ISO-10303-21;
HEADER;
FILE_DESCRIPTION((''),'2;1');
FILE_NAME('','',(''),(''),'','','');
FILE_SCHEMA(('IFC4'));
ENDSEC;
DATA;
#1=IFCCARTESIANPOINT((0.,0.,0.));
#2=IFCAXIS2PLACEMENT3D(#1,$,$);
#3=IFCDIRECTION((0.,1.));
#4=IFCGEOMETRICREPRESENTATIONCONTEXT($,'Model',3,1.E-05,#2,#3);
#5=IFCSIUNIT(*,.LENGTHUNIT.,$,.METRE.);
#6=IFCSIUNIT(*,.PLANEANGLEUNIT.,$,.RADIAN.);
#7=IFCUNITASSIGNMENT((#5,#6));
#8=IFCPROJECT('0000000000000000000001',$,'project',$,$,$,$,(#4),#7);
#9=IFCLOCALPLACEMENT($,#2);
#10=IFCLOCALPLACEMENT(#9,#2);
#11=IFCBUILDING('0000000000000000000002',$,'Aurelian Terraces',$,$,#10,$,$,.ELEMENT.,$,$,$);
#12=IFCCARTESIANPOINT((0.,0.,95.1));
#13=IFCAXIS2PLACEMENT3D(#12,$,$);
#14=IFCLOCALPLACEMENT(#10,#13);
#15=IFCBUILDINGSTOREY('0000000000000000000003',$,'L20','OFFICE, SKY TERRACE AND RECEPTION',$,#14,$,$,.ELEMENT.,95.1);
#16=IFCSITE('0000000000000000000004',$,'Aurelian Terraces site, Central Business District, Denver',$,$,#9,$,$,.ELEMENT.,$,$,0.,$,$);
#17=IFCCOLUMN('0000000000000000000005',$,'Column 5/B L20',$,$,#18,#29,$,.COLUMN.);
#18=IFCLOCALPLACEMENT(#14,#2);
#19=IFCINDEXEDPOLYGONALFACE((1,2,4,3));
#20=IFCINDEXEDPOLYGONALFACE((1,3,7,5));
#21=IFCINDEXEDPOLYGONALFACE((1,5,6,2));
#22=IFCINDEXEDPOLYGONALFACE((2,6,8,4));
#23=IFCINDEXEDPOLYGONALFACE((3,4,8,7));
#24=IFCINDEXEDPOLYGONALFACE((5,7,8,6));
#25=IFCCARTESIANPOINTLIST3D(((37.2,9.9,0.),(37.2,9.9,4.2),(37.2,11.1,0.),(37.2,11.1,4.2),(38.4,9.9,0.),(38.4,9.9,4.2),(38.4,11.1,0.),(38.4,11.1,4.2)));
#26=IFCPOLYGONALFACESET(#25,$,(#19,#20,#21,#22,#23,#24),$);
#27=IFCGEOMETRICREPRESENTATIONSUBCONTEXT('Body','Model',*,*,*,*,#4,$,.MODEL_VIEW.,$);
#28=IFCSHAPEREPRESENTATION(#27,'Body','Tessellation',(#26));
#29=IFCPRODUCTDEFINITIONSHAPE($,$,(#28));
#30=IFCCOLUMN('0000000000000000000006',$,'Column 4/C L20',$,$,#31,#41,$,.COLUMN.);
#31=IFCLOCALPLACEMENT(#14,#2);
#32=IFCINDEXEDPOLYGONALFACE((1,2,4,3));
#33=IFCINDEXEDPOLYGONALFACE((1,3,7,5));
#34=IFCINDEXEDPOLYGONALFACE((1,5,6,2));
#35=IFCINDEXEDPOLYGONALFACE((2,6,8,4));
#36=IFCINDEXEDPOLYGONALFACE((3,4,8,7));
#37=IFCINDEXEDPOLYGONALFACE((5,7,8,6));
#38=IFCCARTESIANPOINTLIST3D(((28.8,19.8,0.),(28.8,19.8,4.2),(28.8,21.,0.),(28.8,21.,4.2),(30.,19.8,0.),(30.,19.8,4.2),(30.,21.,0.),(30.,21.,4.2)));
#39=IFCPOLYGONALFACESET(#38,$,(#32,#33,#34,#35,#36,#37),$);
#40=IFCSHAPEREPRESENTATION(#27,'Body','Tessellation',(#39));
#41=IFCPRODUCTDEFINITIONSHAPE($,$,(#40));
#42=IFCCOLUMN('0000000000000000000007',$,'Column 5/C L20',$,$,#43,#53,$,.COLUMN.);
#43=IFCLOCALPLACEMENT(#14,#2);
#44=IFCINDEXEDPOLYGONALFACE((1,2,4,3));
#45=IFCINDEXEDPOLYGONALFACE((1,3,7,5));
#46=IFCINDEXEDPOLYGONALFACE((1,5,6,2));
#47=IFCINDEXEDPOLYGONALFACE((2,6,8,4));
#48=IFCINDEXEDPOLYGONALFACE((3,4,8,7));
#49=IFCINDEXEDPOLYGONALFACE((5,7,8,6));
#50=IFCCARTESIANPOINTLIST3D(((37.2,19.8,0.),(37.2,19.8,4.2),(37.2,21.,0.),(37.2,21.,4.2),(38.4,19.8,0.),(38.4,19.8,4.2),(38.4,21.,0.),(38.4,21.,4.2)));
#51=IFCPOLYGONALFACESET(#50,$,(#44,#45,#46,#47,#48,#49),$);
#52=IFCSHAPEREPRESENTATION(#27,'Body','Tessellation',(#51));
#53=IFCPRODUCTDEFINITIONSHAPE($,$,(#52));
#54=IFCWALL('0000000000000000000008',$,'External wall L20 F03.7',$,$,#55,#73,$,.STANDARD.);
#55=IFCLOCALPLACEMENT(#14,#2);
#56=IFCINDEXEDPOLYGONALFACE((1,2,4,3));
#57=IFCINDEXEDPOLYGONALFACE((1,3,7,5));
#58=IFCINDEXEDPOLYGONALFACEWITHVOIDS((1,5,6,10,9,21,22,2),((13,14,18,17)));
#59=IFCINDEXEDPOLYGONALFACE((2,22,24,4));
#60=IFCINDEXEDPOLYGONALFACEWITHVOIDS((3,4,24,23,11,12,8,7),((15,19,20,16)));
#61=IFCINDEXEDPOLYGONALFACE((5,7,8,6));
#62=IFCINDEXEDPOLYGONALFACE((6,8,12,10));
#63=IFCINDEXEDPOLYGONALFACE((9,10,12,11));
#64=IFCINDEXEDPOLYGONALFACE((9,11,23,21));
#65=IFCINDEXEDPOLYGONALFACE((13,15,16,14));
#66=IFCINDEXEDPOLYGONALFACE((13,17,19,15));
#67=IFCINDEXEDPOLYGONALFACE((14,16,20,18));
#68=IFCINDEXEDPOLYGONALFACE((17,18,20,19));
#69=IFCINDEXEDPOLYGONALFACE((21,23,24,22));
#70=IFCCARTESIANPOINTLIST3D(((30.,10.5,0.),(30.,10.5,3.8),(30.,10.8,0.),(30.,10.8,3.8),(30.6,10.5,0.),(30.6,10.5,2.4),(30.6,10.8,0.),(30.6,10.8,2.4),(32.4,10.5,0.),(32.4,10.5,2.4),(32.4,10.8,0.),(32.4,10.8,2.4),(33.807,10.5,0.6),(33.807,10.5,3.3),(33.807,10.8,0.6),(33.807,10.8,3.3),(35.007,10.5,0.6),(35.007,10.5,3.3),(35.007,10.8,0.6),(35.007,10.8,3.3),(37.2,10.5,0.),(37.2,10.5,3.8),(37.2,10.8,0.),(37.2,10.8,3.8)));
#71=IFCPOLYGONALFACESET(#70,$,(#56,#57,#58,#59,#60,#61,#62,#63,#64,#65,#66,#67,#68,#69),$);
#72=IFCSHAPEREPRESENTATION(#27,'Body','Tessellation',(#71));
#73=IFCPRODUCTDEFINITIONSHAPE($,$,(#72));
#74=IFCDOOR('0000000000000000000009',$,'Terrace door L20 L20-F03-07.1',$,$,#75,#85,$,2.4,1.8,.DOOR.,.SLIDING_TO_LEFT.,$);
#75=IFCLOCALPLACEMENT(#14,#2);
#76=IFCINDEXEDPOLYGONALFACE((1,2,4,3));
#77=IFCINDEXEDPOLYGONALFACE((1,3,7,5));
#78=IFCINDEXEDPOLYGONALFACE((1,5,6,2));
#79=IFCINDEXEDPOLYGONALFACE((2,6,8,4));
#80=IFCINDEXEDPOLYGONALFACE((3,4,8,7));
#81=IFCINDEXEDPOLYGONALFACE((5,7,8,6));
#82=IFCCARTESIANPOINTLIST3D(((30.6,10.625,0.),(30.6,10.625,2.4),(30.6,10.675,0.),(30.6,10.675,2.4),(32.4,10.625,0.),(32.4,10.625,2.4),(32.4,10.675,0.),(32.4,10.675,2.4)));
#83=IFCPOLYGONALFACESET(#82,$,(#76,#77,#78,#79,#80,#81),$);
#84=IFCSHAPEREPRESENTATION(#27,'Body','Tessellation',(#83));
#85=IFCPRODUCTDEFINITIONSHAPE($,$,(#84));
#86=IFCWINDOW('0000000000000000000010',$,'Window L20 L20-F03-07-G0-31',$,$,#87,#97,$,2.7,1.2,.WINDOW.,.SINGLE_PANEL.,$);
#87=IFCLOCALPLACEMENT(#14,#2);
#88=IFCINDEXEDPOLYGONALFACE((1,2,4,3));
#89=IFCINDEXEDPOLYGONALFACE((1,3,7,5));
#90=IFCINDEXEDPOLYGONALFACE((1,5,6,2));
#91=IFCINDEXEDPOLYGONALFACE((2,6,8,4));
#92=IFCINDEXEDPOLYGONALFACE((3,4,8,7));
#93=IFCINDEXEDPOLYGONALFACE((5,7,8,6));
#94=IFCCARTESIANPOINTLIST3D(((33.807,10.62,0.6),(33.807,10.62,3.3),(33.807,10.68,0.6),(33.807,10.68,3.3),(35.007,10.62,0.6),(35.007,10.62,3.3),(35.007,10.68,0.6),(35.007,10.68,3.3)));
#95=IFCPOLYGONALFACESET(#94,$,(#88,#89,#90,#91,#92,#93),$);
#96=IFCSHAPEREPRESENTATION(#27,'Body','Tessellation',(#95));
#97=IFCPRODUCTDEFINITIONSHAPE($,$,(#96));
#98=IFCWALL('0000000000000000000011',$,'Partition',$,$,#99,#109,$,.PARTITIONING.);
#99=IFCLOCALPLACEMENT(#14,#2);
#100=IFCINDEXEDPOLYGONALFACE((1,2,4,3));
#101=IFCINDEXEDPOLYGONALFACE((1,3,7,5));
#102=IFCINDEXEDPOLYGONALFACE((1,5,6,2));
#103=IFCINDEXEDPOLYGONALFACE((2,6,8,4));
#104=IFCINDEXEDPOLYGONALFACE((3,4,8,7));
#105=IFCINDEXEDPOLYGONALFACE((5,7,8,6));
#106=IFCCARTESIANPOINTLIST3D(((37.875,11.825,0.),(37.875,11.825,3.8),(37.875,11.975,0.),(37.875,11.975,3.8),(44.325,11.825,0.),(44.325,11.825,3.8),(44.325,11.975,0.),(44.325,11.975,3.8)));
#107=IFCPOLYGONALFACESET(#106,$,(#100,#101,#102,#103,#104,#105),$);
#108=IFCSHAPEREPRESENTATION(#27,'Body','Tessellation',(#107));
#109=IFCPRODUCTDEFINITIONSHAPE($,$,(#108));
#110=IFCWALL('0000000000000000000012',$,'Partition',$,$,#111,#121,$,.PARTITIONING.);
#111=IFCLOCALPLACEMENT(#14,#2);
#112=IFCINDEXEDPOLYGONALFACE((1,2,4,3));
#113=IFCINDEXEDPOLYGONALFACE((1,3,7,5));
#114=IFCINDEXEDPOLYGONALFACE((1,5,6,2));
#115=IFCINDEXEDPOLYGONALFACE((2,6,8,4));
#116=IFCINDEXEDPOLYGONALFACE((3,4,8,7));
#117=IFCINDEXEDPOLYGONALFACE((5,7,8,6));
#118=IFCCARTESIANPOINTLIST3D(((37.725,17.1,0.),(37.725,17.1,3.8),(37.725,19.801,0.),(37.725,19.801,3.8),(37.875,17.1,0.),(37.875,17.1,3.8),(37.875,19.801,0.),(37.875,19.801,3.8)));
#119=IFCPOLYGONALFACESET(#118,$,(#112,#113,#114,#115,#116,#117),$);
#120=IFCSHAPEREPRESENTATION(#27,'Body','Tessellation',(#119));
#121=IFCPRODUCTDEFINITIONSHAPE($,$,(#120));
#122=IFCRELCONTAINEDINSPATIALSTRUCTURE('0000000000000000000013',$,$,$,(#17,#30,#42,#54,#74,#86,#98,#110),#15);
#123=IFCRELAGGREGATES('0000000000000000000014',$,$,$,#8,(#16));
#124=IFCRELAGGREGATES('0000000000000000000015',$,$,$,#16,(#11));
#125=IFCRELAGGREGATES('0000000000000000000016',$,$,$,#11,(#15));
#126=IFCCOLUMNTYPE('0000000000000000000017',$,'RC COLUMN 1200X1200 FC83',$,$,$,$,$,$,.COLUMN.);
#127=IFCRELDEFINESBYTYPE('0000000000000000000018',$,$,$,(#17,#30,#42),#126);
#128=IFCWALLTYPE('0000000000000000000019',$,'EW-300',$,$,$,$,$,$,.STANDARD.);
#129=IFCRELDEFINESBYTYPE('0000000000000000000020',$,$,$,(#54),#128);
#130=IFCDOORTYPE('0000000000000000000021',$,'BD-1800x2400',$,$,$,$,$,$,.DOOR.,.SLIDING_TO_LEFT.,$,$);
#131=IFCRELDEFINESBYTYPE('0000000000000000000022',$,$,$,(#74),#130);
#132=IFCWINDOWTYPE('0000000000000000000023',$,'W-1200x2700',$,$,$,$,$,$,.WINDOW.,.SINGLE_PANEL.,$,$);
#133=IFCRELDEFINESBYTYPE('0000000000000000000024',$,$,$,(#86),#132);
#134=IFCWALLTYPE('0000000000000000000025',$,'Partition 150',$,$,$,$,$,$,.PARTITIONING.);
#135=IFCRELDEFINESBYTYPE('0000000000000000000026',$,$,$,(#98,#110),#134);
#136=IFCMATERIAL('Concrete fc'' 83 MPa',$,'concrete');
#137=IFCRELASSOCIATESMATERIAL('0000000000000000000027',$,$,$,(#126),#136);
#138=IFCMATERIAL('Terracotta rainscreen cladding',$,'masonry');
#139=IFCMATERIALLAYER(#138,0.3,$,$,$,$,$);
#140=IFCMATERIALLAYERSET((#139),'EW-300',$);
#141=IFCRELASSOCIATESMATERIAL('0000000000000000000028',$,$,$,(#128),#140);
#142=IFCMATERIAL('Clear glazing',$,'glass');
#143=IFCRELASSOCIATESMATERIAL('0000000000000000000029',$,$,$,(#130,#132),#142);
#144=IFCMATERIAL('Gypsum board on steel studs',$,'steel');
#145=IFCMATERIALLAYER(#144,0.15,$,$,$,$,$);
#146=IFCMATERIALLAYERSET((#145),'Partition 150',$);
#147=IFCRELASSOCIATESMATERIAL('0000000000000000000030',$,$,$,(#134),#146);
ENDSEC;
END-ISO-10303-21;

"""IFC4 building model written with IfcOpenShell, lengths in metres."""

from ifc_helpers import new_model, si_unit, direction, frame, frame_2d, origin, origin_2d, place, context, subcontext, project, spatial, rectangle, extrude, source, transform, mapped, material, layer, layer_set, material_profile, profile_set, type_object, element, fill, save


model = new_model("IFC4")

# Units and contexts
model_context = context("Model", 3, precision=1e-05, world=origin(), true_north=direction((0.0, 1.0)))
body_context = subcontext(model_context, "Body", "Model", "MODEL_VIEW")
ifc_project = project(units=[si_unit("LENGTHUNIT", "METRE"), si_unit("PLANEANGLEUNIT", "RADIAN")], contexts=[model_context])

# Site, building, storey
site_placement = place(None, origin())
site = spatial("IfcSite", under=ifc_project, at=site_placement, Name="Aurelian Terraces site, Central Business District, Denver", CompositionType="ELEMENT", RefElevation=0.0)
building_placement = place(site_placement, origin())
building = spatial("IfcBuilding", under=site, at=building_placement, Name="Aurelian Terraces", CompositionType="ELEMENT")
storey_placement = place(building_placement, frame((0.0, 0.0, 95.1)))
storey = spatial("IfcBuildingStorey", under=building, at=storey_placement, Name="L20", Description="OFFICE, SKY TERRACE AND RECEPTION", CompositionType="ELEMENT", Elevation=95.1)

# Columns
ifc_material_1 = material(Name="Concrete fc' 83 MPa", Category="concrete")
ifc_material_profile = material_profile(ifc_material_1, rectangle(XDim=1.2, YDim=1.2, at=origin_2d()))
ifc_profile_set = profile_set([ifc_material_profile], Name="Concrete fc' 83 MPa")
column_type = type_object("IfcColumnType", Name="RC COLUMN 1200X1200 FC83", PredefinedType="COLUMN", material=ifc_profile_set)
shared_shape_1 = source(origin(), body_context, "Body", "SweptSolid", [
    extrude(rectangle(XDim=1.2, YDim=1.2, at=origin_2d()), origin(), (0.0, 0.0, 1.0), 4.2),
])
for number, where, z_axis, x_axis, name in (
    (1, (37.8, 10.5, 0.0), (0.0, 0.0, 1.0), (1.0, 0.0, 0.0), "Column 5/B L20"),
    (2, (29.4, 20.4, 0.0), (0.0, 0.0, 1.0), (1.0, 0.0, 0.0), "Column 4/C L20"),
    (3, (37.8, 20.4, 0.0), (0.0, 0.0, 1.0), (1.0, 0.0, 0.0), "Column 5/C L20"),
):
    element("IfcColumn", number, at=place(storey_placement, frame(where, z_axis=z_axis, x_axis=x_axis)), inside=storey, type_object=column_type, Name=name, PredefinedType="COLUMN", context=body_context, shape_type="MappedRepresentation", body=[
        mapped(shared_shape_1, transform((0.0, 0.0, 0.0), scale=1.0)),
    ])

# Wall, openings, door, window
ifc_material_2 = material(Name="Terracotta rainscreen cladding", Category="masonry")
ifc_layer_1 = layer(ifc_material_2, 0.3)
ifc_layer_set_1 = layer_set([ifc_layer_1], Name="EW-300")
wall_type_1 = type_object("IfcWallType", Name="EW-300", PredefinedType="STANDARD", material=ifc_layer_set_1)
shared_shape_2 = source(origin(), body_context, "Body", "SweptSolid", [
    extrude(rectangle(XDim=7.2, YDim=0.3, at=frame_2d((3.6, 0.0))), origin(), (0.0, 0.0, 1.0), 3.8),
])
wall_1_placement = place(storey_placement, frame((30.0, 10.65, 0.0), z_axis=(0.0, 0.0, 1.0), x_axis=(1.0, 0.0, 0.0)))
wall_1 = element("IfcWall", 4, at=wall_1_placement, inside=storey, type_object=wall_type_1, Name="External wall L20 F03.7", PredefinedType="STANDARD", context=body_context, shape_type="MappedRepresentation", body=[
    mapped(shared_shape_2, transform((0.0, 0.0, 0.0), scale=1.0)),
])
shared_shape_3 = source(origin(), body_context, "Body", "SweptSolid", [
    extrude(rectangle(XDim=1.8, YDim=2.4, at=frame_2d((0.9, 1.2))), frame((0.0, 0.16, 0.0), z_axis=(0.0, -1.0, 0.0), x_axis=(1.0, 0.0, 0.0)), (0.0, 0.0, 1.0), 0.32),
])
opening_1_placement = place(wall_1_placement, frame((0.6, 0.0, 0.0)))
opening_1 = element("IfcOpeningElement", 5, at=opening_1_placement, cuts=wall_1, PredefinedType="OPENING", context=body_context, shape_type="MappedRepresentation", body=[
    mapped(shared_shape_3, transform((0.0, 0.0, 0.0), scale=1.0)),
])
shared_shape_4 = source(origin(), body_context, "Body", "SweptSolid", [
    extrude(rectangle(XDim=1.2, YDim=2.7, at=frame_2d((0.6, 1.35))), frame((0.0, 0.16, 0.0), z_axis=(0.0, -1.0, 0.0), x_axis=(1.0, 0.0, 0.0)), (0.0, 0.0, 1.0), 0.32),
])
opening_2_placement = place(wall_1_placement, frame((3.807, 0.0, 0.6)))
opening_2 = element("IfcOpeningElement", 6, at=opening_2_placement, cuts=wall_1, PredefinedType="OPENING", context=body_context, shape_type="MappedRepresentation", body=[
    mapped(shared_shape_4, transform((0.0, 0.0, 0.0), scale=1.0)),
])
ifc_material_3 = material(Name="Clear glazing", Category="glass")
door_type_1 = type_object("IfcDoorType", Name="BD-1800x2400", OperationType="SLIDING_TO_LEFT", PredefinedType="DOOR", material=ifc_material_3)
shared_shape_5 = source(origin(), body_context, "Body", "SweptSolid", [
    extrude(rectangle(XDim=1.8, YDim=2.4, at=frame_2d((0.9, 1.2))), frame((0.0, 0.025, 0.0), z_axis=(0.0, -1.0, 0.0), x_axis=(1.0, 0.0, 0.0)), (0.0, 0.0, 1.0), 0.05),
])
door_1_placement = place(opening_1_placement, origin())
door_1 = element("IfcDoor", 7, at=door_1_placement, inside=storey, type_object=door_type_1, Name="Terrace door L20 L20-F03-07.1", OperationType="SLIDING_TO_LEFT", OverallHeight=2.4, OverallWidth=1.8, PredefinedType="DOOR", context=body_context, shape_type="MappedRepresentation", body=[
    mapped(shared_shape_5, transform((0.0, 0.0, 0.0), scale=1.0)),
])
fill(opening_1, door_1)
window_type = type_object("IfcWindowType", Name="W-1200x2700", PartitioningType="SINGLE_PANEL", PredefinedType="WINDOW", material=ifc_material_3)
shared_shape_6 = source(origin(), body_context, "Body", "SweptSolid", [
    extrude(rectangle(XDim=1.2, YDim=2.7, at=frame_2d((0.6, 1.35))), frame((0.0, 0.03, 0.0), z_axis=(0.0, -1.0, 0.0), x_axis=(1.0, 0.0, 0.0)), (0.0, 0.0, 1.0), 0.06),
])
window_placement = place(opening_2_placement, origin())
window = element("IfcWindow", 8, at=window_placement, inside=storey, type_object=window_type, Name="Window L20 L20-F03-07-G0-31", OverallHeight=2.7, OverallWidth=1.2, PartitioningType="SINGLE_PANEL", PredefinedType="WINDOW", context=body_context, shape_type="MappedRepresentation", body=[
    mapped(shared_shape_6, transform((0.0, 0.0, 0.0), scale=1.0)),
])
fill(opening_2, window)

# Walls
ifc_material_4 = material(Name="Gypsum board on steel studs", Category="steel")
ifc_layer_2 = layer(ifc_material_4, 0.15)
ifc_layer_set_2 = layer_set([ifc_layer_2], Name="Partition 150")
wall_type_2 = type_object("IfcWallType", Name="Partition 150", PredefinedType="PARTITIONING", material=ifc_layer_set_2)
shared_shape_7 = source(origin(), body_context, "Body", "SweptSolid", [
    extrude(rectangle(XDim=6.45, YDim=0.15, at=frame_2d((3.225, 0.0))), origin(), (0.0, 0.0, 1.0), 3.8),
])
wall_2_placement = place(storey_placement, frame((37.875, 11.9, 0.0), z_axis=(0.0, 0.0, 1.0), x_axis=(1.0, 0.0, 0.0)))
element("IfcWall", 9, at=wall_2_placement, inside=storey, type_object=wall_type_2, Name="Partition", PredefinedType="PARTITIONING", context=body_context, shape_type="MappedRepresentation", body=[
    mapped(shared_shape_7, transform((0.0, 0.0, 0.0), scale=1.0)),
])
shared_shape_8 = source(origin(), body_context, "Body", "SweptSolid", [
    extrude(rectangle(XDim=2.701, YDim=0.15, at=frame_2d((1.3505, 0.0))), origin(), (0.0, 0.0, 1.0), 3.8),
])
wall_3_placement = place(storey_placement, frame((37.8, 17.1, 0.0), z_axis=(0.0, 0.0, 1.0), x_axis=(0.0, 1.0, 0.0)))
element("IfcWall", 10, at=wall_3_placement, inside=storey, type_object=wall_type_2, Name="Partition", PredefinedType="PARTITIONING", context=body_context, shape_type="MappedRepresentation", body=[
    mapped(shared_shape_8, transform((0.0, 0.0, 0.0), scale=1.0)),
])

save(model, "model.ifc")
